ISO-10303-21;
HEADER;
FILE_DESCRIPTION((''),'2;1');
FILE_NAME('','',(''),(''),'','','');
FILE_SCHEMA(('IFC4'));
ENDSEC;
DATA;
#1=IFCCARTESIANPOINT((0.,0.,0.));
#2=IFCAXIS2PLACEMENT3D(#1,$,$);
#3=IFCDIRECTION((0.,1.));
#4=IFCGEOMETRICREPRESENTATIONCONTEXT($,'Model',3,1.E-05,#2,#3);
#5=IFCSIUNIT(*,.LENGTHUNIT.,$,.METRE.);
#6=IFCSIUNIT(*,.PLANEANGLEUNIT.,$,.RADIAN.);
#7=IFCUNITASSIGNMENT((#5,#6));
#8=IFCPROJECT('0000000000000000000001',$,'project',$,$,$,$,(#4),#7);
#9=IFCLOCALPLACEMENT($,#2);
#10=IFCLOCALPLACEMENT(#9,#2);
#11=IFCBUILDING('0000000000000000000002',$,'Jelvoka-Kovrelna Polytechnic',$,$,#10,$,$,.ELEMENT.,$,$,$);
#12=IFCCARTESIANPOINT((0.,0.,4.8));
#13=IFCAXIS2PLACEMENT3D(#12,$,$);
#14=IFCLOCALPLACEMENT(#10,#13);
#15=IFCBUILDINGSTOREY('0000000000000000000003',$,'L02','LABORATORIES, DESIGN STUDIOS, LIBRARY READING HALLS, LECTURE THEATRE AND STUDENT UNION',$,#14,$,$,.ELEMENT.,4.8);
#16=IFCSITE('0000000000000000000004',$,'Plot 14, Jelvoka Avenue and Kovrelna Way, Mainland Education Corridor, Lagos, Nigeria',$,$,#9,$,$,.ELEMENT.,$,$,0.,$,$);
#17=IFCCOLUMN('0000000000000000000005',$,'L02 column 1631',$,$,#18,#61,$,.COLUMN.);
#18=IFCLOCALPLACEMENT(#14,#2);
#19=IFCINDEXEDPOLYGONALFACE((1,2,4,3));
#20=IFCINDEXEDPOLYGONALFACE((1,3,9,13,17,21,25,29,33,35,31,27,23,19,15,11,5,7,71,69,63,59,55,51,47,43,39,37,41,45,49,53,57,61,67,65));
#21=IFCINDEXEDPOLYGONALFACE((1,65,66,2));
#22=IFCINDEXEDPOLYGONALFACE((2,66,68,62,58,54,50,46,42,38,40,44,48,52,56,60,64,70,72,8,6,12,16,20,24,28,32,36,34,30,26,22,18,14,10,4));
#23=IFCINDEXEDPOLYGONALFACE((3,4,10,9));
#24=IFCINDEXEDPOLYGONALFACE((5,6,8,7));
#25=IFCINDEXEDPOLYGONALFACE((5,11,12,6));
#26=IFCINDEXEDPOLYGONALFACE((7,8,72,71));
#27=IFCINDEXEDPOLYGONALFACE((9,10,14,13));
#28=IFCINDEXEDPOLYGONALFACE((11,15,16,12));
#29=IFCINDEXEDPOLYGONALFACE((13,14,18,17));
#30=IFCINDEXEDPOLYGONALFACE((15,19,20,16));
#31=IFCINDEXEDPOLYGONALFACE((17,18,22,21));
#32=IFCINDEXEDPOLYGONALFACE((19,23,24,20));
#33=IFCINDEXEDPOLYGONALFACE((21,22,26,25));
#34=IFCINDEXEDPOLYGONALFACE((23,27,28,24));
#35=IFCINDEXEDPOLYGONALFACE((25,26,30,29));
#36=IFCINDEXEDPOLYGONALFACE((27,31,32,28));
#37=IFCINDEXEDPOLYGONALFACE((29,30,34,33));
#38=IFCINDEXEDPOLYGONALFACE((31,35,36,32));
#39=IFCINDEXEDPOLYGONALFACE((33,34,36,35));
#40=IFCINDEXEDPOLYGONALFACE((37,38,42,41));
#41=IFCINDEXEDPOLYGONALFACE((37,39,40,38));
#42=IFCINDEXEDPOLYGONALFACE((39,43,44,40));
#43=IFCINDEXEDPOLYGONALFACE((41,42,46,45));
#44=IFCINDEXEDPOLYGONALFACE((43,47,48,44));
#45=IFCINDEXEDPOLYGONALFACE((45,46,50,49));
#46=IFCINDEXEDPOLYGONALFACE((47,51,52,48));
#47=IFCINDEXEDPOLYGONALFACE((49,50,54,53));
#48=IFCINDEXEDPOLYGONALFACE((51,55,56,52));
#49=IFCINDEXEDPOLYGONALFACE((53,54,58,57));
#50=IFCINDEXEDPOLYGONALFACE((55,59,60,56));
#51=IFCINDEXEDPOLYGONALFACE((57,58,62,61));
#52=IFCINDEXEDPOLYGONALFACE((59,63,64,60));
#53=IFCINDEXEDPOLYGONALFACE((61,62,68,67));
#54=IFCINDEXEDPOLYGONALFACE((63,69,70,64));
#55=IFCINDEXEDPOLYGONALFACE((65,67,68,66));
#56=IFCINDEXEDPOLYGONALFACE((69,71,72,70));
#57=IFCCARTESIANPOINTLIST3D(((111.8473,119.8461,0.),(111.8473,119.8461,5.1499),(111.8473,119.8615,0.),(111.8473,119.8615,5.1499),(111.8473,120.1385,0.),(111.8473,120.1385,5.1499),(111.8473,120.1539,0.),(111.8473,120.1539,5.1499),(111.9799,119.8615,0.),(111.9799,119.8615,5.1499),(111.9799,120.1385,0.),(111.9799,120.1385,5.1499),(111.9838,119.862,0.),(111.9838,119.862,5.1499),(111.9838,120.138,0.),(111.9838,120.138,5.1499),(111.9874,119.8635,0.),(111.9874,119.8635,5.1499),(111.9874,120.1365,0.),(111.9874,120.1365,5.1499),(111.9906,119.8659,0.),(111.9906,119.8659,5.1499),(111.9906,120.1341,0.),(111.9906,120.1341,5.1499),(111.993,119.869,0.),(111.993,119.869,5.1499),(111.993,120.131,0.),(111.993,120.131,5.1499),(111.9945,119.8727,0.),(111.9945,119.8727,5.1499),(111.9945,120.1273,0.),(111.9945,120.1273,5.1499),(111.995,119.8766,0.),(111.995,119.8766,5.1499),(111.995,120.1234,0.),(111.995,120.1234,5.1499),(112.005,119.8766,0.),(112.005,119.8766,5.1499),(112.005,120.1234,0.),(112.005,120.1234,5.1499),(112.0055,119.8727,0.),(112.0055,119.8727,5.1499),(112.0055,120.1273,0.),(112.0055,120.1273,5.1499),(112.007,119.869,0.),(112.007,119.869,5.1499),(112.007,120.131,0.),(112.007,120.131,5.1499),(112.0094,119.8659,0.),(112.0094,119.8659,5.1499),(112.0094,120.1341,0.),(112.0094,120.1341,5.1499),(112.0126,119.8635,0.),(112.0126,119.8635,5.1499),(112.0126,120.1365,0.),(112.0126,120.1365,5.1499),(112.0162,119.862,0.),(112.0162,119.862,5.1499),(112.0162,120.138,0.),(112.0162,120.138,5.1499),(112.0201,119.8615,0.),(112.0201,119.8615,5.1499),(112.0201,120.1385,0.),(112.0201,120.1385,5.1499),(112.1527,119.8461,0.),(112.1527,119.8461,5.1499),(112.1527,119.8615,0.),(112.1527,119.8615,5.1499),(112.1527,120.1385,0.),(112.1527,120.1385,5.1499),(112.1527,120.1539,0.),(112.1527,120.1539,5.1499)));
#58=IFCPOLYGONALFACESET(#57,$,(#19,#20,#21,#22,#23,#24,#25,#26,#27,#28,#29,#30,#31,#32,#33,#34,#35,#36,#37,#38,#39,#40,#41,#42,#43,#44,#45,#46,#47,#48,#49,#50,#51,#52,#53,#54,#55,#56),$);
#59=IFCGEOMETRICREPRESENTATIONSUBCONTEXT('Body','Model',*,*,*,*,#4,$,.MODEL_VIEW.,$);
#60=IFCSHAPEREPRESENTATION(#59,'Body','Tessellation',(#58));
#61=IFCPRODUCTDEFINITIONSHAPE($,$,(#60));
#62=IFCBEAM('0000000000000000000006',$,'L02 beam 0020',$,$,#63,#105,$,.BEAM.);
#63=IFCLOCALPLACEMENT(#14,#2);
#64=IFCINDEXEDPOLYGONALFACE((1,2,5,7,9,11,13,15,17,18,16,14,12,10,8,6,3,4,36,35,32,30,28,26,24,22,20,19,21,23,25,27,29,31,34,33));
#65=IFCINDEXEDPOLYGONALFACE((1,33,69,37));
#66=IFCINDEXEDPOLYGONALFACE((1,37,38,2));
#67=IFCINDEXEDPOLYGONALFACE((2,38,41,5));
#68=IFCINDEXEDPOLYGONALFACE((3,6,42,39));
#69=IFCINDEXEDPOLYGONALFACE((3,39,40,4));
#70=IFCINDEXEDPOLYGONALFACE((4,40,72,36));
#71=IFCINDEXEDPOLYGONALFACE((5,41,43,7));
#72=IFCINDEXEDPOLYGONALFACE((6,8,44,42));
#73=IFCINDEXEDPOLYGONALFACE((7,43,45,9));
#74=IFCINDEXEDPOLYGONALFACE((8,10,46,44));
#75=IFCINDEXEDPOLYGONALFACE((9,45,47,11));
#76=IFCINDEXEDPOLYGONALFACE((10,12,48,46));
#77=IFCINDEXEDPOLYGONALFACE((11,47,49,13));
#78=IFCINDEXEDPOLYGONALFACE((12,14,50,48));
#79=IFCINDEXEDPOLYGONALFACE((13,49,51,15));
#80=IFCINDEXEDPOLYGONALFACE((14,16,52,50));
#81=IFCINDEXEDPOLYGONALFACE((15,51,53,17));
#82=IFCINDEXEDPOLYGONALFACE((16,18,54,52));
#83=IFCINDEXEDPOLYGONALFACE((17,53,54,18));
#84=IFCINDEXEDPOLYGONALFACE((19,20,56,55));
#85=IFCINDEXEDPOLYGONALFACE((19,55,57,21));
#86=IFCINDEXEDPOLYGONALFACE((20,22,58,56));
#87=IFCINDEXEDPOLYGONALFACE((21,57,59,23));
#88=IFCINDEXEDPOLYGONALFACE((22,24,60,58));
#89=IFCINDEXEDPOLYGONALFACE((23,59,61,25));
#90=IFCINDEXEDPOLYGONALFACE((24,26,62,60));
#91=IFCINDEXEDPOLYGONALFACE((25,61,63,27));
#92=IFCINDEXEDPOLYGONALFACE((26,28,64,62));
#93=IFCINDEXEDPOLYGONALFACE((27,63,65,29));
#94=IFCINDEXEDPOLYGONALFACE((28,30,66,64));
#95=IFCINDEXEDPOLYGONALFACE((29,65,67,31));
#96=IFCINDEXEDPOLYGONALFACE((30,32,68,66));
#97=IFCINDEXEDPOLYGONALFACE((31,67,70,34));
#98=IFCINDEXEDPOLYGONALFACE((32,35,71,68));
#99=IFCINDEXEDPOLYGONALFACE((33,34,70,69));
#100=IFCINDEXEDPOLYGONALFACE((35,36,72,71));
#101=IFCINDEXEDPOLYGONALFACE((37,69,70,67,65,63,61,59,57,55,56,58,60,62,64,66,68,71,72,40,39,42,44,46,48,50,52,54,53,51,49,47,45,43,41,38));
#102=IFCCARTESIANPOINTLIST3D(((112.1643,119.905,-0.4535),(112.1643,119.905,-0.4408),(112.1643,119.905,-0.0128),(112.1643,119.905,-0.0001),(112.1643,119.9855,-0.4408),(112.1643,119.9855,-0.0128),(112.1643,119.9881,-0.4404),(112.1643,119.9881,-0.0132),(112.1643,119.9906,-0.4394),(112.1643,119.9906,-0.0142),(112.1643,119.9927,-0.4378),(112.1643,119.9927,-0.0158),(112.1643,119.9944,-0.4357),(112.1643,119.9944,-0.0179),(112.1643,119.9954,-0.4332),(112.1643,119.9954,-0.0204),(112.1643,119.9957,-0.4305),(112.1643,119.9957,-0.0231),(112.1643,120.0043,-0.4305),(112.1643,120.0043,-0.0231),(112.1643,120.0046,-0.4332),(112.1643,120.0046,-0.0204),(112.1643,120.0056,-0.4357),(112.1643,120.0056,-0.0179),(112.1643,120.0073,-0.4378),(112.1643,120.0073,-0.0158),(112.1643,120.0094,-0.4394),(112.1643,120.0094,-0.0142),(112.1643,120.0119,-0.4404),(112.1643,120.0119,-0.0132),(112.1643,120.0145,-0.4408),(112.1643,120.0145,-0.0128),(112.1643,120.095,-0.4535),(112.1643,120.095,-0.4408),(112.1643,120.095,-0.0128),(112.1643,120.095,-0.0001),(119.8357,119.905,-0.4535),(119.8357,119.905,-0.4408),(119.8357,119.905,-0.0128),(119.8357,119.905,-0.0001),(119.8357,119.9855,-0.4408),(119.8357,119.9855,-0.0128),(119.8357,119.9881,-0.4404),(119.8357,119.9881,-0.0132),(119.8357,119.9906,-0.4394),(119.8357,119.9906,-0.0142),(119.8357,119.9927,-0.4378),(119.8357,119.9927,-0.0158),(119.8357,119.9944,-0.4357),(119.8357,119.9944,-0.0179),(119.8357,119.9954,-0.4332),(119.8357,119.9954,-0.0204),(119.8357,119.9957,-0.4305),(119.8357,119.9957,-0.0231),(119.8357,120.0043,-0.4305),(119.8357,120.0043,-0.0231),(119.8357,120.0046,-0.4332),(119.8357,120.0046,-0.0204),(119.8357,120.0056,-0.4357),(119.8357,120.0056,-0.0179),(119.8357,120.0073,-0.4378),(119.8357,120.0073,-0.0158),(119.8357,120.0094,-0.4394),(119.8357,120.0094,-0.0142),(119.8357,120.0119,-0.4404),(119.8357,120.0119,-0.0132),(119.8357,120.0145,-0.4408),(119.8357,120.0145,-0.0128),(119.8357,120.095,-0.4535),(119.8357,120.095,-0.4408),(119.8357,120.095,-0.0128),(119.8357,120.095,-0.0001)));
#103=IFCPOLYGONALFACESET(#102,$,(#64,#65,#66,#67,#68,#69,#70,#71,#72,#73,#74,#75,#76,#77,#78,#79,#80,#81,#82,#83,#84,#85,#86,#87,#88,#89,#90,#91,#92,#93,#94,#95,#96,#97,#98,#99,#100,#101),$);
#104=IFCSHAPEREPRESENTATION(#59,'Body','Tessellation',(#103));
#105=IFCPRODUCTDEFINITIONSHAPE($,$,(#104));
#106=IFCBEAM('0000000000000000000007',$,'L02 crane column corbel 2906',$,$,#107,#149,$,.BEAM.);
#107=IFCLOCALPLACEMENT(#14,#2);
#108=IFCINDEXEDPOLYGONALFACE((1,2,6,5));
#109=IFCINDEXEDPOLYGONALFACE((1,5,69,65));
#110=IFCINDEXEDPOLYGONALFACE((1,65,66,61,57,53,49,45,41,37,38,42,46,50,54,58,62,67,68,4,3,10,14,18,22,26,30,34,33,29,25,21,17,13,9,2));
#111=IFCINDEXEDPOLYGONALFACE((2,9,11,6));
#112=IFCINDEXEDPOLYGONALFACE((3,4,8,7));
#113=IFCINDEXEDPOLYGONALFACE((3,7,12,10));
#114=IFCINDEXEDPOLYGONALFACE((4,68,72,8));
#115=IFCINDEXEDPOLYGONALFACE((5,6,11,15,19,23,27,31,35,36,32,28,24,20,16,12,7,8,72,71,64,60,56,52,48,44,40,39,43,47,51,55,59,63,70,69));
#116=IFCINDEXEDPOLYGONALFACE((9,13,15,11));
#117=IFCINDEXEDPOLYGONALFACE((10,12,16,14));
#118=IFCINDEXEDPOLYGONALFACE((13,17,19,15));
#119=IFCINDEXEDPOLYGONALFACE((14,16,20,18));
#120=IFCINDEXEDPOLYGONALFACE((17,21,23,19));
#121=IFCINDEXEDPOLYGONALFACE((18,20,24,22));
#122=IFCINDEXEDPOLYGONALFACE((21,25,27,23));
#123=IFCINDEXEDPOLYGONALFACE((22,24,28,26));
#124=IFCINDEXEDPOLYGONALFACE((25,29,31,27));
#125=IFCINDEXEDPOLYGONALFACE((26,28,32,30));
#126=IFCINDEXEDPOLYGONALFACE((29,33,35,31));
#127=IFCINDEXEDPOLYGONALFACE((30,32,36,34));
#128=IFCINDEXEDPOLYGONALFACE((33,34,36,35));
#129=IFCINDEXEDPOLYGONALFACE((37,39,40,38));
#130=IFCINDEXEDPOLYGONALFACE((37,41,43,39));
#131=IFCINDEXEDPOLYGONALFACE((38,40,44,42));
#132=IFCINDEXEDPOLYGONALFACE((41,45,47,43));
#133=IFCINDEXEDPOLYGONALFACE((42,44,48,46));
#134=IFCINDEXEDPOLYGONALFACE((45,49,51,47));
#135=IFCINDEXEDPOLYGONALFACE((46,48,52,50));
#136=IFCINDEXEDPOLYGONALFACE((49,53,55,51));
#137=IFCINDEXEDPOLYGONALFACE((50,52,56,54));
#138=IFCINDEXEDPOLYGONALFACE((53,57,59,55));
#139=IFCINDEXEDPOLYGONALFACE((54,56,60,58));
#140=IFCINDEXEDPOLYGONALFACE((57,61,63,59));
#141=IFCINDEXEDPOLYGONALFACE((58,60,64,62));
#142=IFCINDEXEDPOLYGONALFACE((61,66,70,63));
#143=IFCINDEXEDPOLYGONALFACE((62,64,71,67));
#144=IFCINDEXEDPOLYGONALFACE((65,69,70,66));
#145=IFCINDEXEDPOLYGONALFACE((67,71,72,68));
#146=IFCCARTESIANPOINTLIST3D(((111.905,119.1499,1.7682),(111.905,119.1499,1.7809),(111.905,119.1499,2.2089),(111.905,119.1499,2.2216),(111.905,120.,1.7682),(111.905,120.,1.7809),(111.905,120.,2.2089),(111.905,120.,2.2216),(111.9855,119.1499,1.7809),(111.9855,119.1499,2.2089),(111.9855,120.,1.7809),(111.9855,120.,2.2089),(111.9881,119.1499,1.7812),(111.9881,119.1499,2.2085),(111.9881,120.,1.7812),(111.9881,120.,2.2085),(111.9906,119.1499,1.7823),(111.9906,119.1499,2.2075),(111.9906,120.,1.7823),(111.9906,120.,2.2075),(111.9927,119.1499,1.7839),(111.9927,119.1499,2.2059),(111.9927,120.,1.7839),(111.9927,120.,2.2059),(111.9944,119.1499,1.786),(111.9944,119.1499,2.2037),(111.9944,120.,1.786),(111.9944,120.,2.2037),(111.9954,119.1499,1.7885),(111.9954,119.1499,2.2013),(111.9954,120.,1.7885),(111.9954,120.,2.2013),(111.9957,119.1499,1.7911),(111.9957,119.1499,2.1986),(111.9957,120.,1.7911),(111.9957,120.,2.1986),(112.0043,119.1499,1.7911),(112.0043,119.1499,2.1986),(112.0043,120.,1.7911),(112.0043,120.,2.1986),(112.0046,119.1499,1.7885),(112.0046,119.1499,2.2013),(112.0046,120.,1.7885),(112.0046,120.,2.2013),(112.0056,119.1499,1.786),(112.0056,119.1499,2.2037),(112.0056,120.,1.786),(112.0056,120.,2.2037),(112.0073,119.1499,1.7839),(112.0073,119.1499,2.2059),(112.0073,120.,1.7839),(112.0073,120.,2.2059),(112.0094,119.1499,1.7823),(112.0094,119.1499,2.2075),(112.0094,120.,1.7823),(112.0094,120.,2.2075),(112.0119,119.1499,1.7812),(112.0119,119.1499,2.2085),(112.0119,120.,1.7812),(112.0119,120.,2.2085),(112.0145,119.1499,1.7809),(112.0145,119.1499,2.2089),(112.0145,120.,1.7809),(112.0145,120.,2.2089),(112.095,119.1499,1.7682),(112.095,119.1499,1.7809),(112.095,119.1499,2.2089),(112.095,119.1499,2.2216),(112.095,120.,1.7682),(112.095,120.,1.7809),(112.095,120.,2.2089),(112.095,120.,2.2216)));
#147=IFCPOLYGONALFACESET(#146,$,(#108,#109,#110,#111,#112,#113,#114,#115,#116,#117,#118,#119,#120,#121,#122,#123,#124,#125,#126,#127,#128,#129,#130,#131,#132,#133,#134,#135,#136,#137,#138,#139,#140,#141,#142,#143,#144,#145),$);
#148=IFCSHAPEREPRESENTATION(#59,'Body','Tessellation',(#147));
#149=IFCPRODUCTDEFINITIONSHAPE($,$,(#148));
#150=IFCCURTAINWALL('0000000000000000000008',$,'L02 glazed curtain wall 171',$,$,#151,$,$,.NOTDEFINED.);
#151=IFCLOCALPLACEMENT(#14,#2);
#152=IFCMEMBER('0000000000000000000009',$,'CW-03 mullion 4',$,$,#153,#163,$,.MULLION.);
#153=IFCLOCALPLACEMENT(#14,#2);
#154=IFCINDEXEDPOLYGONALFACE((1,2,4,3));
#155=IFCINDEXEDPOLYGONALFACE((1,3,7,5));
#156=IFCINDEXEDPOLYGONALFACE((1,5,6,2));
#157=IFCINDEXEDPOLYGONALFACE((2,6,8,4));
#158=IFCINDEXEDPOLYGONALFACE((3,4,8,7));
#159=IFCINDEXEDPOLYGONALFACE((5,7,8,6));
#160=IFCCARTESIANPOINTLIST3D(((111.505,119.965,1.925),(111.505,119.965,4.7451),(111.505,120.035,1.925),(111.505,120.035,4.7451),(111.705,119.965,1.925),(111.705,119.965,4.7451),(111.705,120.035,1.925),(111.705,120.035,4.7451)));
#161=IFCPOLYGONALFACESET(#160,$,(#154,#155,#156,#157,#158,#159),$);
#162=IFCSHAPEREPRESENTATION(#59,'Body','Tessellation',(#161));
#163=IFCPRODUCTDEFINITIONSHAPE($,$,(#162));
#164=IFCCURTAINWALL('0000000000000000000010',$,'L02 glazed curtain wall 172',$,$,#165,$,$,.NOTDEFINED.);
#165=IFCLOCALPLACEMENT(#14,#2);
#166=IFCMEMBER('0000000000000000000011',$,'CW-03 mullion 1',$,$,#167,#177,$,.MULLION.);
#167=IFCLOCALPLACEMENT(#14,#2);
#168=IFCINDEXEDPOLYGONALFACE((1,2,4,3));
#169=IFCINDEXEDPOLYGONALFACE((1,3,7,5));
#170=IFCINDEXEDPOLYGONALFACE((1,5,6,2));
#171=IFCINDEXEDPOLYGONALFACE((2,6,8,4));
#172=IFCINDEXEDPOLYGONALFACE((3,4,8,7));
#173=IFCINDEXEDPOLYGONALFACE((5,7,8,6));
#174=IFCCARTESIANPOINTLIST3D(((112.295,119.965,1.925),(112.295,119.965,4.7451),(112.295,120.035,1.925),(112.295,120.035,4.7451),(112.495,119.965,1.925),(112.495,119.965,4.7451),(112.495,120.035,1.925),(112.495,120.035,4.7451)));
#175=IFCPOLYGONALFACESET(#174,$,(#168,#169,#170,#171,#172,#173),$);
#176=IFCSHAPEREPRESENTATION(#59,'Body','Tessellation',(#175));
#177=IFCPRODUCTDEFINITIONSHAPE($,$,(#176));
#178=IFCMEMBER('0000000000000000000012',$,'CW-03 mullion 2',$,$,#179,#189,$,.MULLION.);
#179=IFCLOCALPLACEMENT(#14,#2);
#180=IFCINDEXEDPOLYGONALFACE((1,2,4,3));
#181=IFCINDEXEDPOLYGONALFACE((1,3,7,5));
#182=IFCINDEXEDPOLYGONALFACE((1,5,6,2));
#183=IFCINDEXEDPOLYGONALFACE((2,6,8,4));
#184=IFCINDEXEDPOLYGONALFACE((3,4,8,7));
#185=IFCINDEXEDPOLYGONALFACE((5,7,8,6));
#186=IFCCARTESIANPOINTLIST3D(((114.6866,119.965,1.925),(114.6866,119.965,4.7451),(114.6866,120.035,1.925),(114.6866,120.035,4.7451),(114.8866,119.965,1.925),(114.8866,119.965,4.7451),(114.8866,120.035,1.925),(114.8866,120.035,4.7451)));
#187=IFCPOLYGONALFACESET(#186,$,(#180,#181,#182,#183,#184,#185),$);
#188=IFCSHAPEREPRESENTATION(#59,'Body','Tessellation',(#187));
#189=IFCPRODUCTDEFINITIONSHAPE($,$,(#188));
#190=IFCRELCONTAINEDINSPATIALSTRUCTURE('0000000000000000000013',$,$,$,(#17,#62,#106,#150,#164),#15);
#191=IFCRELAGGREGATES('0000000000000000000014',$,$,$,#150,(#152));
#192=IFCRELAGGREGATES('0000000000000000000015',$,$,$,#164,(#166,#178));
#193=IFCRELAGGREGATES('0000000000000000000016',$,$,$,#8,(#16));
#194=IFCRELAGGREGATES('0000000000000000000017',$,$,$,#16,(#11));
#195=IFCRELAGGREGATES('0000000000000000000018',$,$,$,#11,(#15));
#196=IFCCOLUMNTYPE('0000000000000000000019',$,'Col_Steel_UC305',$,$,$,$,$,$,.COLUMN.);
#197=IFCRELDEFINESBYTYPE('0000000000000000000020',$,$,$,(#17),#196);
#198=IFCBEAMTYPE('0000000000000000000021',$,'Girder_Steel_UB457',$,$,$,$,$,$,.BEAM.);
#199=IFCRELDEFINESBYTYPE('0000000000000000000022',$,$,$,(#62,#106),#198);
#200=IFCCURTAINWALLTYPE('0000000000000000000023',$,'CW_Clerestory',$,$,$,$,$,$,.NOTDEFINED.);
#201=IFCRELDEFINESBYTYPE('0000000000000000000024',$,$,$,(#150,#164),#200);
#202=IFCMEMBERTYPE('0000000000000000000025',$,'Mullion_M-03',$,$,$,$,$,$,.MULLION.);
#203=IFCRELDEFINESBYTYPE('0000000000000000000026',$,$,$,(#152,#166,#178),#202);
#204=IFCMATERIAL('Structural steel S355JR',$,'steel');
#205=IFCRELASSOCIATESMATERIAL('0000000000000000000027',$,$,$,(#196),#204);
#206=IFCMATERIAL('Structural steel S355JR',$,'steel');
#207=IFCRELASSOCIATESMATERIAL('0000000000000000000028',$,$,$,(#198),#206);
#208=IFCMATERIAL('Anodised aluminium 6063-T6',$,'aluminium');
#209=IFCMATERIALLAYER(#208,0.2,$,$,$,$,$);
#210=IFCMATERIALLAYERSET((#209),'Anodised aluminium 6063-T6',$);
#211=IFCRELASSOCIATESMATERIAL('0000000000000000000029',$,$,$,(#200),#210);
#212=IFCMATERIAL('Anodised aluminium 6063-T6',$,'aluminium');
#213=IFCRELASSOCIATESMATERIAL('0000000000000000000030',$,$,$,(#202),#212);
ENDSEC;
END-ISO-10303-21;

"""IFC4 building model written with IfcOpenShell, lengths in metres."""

from ifc_helpers import new_model, si_unit, direction, frame, origin, origin_2d, place, context, subcontext, project, spatial, rectangle, i_section, extrude, material, layer, layer_set, material_profile, profile_set, type_object, element, aggregate, save


model = new_model("IFC4")

# Units and contexts
model_context = context("Model", 3, precision=1e-05, world=origin(), true_north=direction((0.0, 1.0)))
body_context = subcontext(model_context, "Body", "Model", "MODEL_VIEW")
ifc_project = project(units=[si_unit("LENGTHUNIT", "METRE"), si_unit("PLANEANGLEUNIT", "RADIAN")], contexts=[model_context])

# Site, building, storey
site_placement = place(None, origin())
site = spatial("IfcSite", under=ifc_project, at=site_placement, Name="Plot 14, Jelvoka Avenue and Kovrelna Way, Mainland Education Corridor, Lagos, Nigeria", CompositionType="ELEMENT", RefElevation=0.0)
building_placement = place(site_placement, origin())
building = spatial("IfcBuilding", under=site, at=building_placement, Name="Jelvoka-Kovrelna Polytechnic", CompositionType="ELEMENT")
storey_placement = place(building_placement, frame((0.0, 0.0, 4.8)))
storey = spatial("IfcBuildingStorey", under=building, at=storey_placement, Name="L02", Description="LABORATORIES, DESIGN STUDIOS, LIBRARY READING HALLS, LECTURE THEATRE AND STUDENT UNION", CompositionType="ELEMENT", Elevation=4.8)

# Column
ifc_material_1 = material(Name="Structural steel S355JR", Category="steel")
ifc_material_profile_1 = material_profile(ifc_material_1, i_section(OverallWidth=0.3054, OverallDepth=0.3079, WebThickness=0.01, FlangeThickness=0.0154, FilletRadius=0.0151, at=origin_2d()), Name="305x305x97 UC")
ifc_profile_set_1 = profile_set([ifc_material_profile_1], Name="Structural steel S355JR")
column_type = type_object("IfcColumnType", Name="Col_Steel_UC305", PredefinedType="COLUMN", material=ifc_profile_set_1)
column_placement = place(storey_placement, frame((112.0, 120.0, 0.0), z_axis=(0.0, 0.0, 1.0), x_axis=(1.0, 0.0, 0.0)))
element("IfcColumn", 1, at=column_placement, inside=storey, type_object=column_type, Name="L02 column 1631", PredefinedType="COLUMN", context=body_context, shape_type="SweptSolid", body=[
    extrude(i_section(OverallWidth=0.3054, OverallDepth=0.3079, WebThickness=0.01, FlangeThickness=0.0154, FilletRadius=0.0151, at=origin_2d()), origin(), (0.0, 0.0, 1.0), 5.1499),
])

# Beams
ifc_material_2 = material(Name="Structural steel S355JR", Category="steel")
ifc_material_profile_2 = material_profile(ifc_material_2, i_section(OverallWidth=0.1899, OverallDepth=0.4534, WebThickness=0.0085, FlangeThickness=0.0127, FilletRadius=0.0103, at=origin_2d()), Name="457x191x67 UB")
ifc_profile_set_2 = profile_set([ifc_material_profile_2], Name="Structural steel S355JR")
beam_type = type_object("IfcBeamType", Name="Girder_Steel_UB457", PredefinedType="BEAM", material=ifc_profile_set_2)
beam_1_placement = place(storey_placement, frame((112.1643, 120.0, -0.2268), z_axis=(1.0, 0.0, 0.0), x_axis=(0.0, 1.0, 0.0)))
element("IfcBeam", 2, at=beam_1_placement, inside=storey, type_object=beam_type, Name="L02 beam 0020", PredefinedType="BEAM", context=body_context, shape_type="SweptSolid", body=[
    extrude(i_section(OverallWidth=0.1899, OverallDepth=0.4534, WebThickness=0.0085, FlangeThickness=0.0127, FilletRadius=0.0103, at=origin_2d()), origin(), (0.0, 0.0, 1.0), 7.6714),
])
beam_2_placement = place(storey_placement, frame((112.0, 120.0, 1.9949), z_axis=(0.0, -1.0, 0.0), x_axis=(1.0, 0.0, 0.0)))
element("IfcBeam", 3, at=beam_2_placement, inside=storey, type_object=beam_type, Name="L02 crane column corbel 2906", PredefinedType="BEAM", context=body_context, shape_type="SweptSolid", body=[
    extrude(i_section(OverallWidth=0.1899, OverallDepth=0.4534, WebThickness=0.0085, FlangeThickness=0.0127, FilletRadius=0.0103, at=origin_2d()), origin(), (0.0, 0.0, 1.0), 0.8501),
])

# Curtain wall, member
ifc_material_3 = material(Name="Anodised aluminium 6063-T6", Category="aluminium")
ifc_layer_1 = layer(ifc_material_3, 0.2)
ifc_layer_set_1 = layer_set([ifc_layer_1], Name="Anodised aluminium 6063-T6")
curtain_wall_type = type_object("IfcCurtainWallType", Name="CW_Clerestory", PredefinedType="NOTDEFINED", material=ifc_layer_set_1)
curtain_wall_1_placement = place(storey_placement, origin())
curtain_wall_1 = element("IfcCurtainWall", 4, at=curtain_wall_1_placement, inside=storey, type_object=curtain_wall_type, Name="L02 glazed curtain wall 171", PredefinedType="NOTDEFINED")
ifc_material_4 = material(Name="Anodised aluminium 6063-T6", Category="aluminium")
ifc_material_profile_3 = material_profile(ifc_material_4, rectangle(XDim=0.0701, YDim=0.2, at=origin_2d()), Name="ALU 70x200")
ifc_profile_set_3 = profile_set([ifc_material_profile_3], Name="Anodised aluminium 6063-T6")
member_type_1 = type_object("IfcMemberType", Name="Mullion_M-03", PredefinedType="MULLION", material=ifc_profile_set_3)
member_1_placement = place(storey_placement, frame((111.605, 120.0, 1.925), z_axis=(0.0, 0.0, 1.0), x_axis=(0.0, 1.0, 0.0)))
member_1 = element("IfcMember", 5, at=member_1_placement, type_object=member_type_1, Name="CW-03 mullion 4", PredefinedType="MULLION", context=body_context, shape_type="SweptSolid", body=[
    extrude(rectangle(XDim=0.0701, YDim=0.2, at=origin_2d()), origin(), (0.0, 0.0, 1.0), 2.8201),
])

# Curtain wall, members
curtain_wall_2_placement = place(storey_placement, origin())
curtain_wall_2 = element("IfcCurtainWall", 6, at=curtain_wall_2_placement, inside=storey, type_object=curtain_wall_type, Name="L02 glazed curtain wall 172", PredefinedType="NOTDEFINED")
member_2_placement = place(storey_placement, frame((112.395, 120.0, 1.925), z_axis=(0.0, 0.0, 1.0), x_axis=(0.0, 1.0, 0.0)))
member_2 = element("IfcMember", 7, at=member_2_placement, type_object=member_type_1, Name="CW-03 mullion 1", PredefinedType="MULLION", context=body_context, shape_type="SweptSolid", body=[
    extrude(rectangle(XDim=0.0701, YDim=0.2, at=origin_2d()), origin(), (0.0, 0.0, 1.0), 2.8201),
])
member_3_placement = place(storey_placement, frame((114.7866, 120.0, 1.925), z_axis=(0.0, 0.0, 1.0), x_axis=(0.0, 1.0, 0.0)))
member_3 = element("IfcMember", 8, at=member_3_placement, type_object=member_type_1, Name="CW-03 mullion 2", PredefinedType="MULLION", context=body_context, shape_type="SweptSolid", body=[
    extrude(rectangle(XDim=0.0701, YDim=0.2, at=origin_2d()), origin(), (0.0, 0.0, 1.0), 2.8201),
])

aggregate(curtain_wall_1, [member_1])
aggregate(curtain_wall_2, [member_2, member_3])

save(model, "model.ifc")
